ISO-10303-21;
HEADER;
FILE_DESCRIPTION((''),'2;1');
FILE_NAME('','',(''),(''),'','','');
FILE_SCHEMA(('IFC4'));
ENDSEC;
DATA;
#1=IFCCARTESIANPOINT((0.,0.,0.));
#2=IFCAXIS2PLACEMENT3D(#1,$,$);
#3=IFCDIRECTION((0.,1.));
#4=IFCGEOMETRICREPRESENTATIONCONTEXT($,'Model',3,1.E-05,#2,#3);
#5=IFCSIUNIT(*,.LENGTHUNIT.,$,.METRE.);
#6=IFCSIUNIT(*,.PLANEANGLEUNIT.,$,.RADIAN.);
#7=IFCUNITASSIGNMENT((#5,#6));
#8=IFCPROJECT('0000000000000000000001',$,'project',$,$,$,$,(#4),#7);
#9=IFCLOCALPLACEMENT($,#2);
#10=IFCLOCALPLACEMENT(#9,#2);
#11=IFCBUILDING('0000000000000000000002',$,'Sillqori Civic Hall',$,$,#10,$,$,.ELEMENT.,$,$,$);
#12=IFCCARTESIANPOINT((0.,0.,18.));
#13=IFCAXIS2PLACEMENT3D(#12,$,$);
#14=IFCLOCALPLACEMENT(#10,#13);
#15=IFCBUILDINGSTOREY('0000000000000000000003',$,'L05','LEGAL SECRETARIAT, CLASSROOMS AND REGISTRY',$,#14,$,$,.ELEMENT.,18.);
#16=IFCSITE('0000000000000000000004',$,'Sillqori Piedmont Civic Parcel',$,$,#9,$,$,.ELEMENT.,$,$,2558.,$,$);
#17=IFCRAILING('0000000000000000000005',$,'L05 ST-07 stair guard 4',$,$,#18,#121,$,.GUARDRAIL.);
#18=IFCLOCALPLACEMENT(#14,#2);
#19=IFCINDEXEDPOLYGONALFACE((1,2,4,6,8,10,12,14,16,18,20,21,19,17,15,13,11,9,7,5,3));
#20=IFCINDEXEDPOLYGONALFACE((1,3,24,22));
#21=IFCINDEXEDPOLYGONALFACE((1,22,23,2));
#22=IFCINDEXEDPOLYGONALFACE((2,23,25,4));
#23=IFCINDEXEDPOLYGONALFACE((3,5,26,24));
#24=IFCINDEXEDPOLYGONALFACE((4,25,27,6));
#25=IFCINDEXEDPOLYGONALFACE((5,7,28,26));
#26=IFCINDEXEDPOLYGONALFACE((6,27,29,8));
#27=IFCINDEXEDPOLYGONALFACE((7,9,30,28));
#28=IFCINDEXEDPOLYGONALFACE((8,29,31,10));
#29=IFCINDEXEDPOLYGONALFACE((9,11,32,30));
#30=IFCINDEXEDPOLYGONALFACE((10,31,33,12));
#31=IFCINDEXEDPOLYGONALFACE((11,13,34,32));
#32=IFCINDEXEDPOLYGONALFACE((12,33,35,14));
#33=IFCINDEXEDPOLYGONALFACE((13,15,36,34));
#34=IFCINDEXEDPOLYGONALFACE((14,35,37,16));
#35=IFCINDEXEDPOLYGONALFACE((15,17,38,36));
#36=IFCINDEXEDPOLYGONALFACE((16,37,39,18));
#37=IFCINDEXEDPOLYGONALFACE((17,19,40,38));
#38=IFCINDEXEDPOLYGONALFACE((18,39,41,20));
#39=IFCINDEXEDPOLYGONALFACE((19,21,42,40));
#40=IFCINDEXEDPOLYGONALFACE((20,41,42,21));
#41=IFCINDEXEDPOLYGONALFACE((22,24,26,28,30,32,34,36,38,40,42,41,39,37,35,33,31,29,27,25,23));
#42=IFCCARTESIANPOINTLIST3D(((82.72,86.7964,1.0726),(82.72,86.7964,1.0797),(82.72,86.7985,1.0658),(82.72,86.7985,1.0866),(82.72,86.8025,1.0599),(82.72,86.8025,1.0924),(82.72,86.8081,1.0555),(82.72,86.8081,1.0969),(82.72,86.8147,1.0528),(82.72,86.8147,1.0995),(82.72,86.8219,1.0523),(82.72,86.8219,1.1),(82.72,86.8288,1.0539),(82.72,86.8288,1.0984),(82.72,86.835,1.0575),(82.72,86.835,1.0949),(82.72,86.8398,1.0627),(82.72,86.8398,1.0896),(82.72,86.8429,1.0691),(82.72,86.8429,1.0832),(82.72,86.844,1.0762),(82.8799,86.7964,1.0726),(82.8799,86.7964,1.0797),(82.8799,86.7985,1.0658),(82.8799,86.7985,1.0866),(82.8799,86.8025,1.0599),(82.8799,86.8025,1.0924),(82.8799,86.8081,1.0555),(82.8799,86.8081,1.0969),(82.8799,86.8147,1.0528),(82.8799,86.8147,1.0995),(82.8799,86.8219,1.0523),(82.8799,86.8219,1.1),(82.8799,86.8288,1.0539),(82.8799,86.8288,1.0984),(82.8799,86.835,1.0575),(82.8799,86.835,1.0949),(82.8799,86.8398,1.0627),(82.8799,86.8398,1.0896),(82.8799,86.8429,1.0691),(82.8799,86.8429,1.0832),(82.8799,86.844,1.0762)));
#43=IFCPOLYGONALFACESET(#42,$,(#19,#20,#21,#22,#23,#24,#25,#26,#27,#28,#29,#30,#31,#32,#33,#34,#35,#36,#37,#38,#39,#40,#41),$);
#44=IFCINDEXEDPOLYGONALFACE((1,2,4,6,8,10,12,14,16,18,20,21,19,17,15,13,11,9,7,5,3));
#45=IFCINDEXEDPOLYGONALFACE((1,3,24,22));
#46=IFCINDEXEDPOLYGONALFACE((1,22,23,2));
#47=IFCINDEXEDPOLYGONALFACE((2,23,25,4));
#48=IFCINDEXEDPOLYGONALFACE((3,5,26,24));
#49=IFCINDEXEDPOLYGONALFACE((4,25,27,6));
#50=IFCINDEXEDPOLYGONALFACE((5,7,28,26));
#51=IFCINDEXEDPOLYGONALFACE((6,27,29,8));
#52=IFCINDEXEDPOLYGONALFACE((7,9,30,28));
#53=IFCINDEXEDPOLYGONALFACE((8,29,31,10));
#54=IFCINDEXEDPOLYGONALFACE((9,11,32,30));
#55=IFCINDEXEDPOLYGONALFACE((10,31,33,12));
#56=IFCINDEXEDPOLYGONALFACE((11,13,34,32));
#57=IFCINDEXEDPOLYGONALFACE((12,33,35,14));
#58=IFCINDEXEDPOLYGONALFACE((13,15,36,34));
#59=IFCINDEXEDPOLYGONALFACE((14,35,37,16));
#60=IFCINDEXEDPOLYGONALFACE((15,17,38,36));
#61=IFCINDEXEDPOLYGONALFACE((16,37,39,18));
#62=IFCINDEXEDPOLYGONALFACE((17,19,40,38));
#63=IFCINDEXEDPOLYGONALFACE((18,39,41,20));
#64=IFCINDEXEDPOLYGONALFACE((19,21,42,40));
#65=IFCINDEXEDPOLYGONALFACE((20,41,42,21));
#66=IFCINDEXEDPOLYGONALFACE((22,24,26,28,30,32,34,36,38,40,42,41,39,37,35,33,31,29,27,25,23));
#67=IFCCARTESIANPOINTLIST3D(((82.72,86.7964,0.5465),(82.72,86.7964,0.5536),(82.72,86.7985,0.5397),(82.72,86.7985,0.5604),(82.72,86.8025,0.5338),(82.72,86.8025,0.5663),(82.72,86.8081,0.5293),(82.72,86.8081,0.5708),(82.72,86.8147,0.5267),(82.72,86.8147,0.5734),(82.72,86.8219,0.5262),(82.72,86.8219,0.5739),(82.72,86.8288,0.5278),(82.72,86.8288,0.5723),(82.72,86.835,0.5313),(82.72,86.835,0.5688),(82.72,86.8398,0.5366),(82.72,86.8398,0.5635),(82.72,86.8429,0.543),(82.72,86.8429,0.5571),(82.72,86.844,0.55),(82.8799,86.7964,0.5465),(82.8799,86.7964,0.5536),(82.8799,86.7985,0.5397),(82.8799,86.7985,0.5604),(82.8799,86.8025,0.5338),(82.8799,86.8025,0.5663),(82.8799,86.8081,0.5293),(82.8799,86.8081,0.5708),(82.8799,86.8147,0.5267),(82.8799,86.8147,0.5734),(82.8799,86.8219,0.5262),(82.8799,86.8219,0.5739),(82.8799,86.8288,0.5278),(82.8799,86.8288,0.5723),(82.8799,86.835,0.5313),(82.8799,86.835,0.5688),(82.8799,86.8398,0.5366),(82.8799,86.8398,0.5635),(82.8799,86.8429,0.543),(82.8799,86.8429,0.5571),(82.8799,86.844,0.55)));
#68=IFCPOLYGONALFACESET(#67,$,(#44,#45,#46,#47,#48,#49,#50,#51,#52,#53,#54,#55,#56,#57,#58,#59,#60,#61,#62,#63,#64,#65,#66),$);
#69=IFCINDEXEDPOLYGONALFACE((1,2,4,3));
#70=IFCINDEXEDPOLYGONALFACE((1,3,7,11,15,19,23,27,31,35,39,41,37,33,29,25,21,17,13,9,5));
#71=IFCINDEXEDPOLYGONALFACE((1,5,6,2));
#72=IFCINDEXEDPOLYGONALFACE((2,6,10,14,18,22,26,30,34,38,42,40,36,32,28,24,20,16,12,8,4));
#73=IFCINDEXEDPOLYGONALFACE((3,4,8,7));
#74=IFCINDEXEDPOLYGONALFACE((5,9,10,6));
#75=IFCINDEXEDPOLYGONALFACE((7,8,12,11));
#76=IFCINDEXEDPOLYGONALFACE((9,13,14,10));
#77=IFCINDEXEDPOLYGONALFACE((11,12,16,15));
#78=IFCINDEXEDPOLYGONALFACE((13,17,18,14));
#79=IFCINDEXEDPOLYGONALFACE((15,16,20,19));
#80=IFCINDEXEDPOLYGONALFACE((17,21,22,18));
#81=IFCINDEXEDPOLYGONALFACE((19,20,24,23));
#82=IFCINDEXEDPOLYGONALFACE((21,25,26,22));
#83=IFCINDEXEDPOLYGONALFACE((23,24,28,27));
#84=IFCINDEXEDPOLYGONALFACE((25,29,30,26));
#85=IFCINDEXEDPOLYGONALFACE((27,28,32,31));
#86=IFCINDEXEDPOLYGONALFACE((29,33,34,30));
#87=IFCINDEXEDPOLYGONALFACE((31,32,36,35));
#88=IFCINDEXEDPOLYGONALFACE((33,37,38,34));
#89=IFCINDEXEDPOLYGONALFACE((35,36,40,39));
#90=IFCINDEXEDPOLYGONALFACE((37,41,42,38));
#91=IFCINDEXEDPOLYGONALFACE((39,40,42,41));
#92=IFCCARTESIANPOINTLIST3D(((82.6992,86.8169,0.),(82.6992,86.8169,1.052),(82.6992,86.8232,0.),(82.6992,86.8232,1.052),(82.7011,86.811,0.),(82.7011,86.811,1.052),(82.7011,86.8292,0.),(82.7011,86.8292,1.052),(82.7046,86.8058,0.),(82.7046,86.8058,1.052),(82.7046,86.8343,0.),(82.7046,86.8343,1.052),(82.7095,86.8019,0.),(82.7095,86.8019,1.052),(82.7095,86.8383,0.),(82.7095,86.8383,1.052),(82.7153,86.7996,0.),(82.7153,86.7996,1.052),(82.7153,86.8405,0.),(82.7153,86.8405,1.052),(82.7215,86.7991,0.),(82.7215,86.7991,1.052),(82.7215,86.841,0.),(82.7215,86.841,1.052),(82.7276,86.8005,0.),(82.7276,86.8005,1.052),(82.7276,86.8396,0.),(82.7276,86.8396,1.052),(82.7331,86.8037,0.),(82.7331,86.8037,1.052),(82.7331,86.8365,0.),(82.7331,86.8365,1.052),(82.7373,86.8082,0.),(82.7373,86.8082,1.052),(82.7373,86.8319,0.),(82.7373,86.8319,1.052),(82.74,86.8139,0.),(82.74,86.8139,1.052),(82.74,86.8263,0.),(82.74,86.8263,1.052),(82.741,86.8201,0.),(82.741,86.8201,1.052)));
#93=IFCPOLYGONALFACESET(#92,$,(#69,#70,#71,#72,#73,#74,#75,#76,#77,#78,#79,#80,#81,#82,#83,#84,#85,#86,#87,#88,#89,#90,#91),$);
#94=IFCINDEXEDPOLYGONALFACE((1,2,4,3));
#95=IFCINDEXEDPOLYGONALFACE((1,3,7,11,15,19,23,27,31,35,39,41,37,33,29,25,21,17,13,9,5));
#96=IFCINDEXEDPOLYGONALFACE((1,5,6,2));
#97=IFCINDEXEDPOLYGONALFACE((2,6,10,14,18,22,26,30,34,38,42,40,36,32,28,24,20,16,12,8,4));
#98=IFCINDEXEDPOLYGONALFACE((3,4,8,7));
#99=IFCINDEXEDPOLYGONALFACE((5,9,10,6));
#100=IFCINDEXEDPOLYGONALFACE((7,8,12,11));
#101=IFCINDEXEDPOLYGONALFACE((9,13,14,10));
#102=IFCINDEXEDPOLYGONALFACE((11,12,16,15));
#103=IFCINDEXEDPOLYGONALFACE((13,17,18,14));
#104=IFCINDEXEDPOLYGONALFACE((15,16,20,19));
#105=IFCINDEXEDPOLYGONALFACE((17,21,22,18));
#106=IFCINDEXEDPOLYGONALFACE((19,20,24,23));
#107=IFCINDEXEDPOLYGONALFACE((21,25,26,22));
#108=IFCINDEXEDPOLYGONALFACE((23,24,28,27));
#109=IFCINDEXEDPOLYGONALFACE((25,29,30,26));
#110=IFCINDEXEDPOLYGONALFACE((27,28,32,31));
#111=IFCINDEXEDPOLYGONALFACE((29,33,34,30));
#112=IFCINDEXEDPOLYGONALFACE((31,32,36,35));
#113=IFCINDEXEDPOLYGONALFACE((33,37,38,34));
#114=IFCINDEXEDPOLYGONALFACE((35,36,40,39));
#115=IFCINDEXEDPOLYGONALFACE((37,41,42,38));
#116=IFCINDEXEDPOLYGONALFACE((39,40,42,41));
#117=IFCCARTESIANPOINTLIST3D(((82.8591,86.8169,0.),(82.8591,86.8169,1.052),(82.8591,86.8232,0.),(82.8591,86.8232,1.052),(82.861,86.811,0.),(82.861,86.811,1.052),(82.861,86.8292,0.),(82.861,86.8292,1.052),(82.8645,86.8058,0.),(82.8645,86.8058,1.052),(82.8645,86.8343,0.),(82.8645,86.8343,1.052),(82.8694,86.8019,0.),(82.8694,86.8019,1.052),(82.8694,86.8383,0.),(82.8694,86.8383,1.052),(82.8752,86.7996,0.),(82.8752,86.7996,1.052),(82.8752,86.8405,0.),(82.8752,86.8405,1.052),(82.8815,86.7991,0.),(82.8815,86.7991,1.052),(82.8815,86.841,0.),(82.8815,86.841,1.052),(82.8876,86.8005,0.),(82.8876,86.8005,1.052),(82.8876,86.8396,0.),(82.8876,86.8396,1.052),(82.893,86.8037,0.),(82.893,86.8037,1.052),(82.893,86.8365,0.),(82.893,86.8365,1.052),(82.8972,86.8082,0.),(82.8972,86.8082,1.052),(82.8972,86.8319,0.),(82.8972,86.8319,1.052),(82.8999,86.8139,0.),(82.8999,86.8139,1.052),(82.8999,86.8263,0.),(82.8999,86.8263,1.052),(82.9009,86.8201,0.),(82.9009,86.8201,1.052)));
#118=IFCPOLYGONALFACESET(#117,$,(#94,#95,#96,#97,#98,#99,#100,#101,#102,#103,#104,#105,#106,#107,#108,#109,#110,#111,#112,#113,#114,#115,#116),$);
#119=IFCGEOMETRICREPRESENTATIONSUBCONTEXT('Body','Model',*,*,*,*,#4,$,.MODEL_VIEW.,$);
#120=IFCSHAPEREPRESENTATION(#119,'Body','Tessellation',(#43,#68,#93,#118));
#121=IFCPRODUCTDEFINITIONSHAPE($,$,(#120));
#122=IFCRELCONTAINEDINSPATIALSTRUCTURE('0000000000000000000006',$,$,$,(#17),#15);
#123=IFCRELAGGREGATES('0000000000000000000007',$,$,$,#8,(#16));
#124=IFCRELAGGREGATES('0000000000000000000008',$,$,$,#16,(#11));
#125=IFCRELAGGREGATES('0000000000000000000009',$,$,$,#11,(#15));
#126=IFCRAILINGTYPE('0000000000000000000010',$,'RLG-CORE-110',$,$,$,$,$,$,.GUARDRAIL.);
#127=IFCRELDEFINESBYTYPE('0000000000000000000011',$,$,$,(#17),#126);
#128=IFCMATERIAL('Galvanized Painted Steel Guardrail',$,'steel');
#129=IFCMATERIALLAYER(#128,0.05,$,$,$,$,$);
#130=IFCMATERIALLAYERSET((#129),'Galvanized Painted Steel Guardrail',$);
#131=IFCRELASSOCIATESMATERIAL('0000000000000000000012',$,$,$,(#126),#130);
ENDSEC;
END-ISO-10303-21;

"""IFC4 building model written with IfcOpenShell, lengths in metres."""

from ifc_helpers import new_model, si_unit, direction, frame, origin, origin_2d, place, context, subcontext, project, spatial, circle, extrude, material, layer, layer_set, type_object, element, save


model = new_model("IFC4")

# Units and contexts
model_context = context("Model", 3, precision=1e-05, world=origin(), true_north=direction((0.0, 1.0)))
body_context = subcontext(model_context, "Body", "Model", "MODEL_VIEW")
ifc_project = project(units=[si_unit("LENGTHUNIT", "METRE"), si_unit("PLANEANGLEUNIT", "RADIAN")], contexts=[model_context])

# Site, building, storey
site_placement = place(None, origin())
site = spatial("IfcSite", under=ifc_project, at=site_placement, Name="Sillqori Piedmont Civic Parcel", CompositionType="ELEMENT", RefElevation=2558.0)
building_placement = place(site_placement, origin())
building = spatial("IfcBuilding", under=site, at=building_placement, Name="Sillqori Civic Hall", CompositionType="ELEMENT")
storey_placement = place(building_placement, frame((0.0, 0.0, 18.0)))
storey = spatial("IfcBuildingStorey", under=building, at=storey_placement, Name="L05", Description="LEGAL SECRETARIAT, CLASSROOMS AND REGISTRY", CompositionType="ELEMENT", Elevation=18.0)

# Railing
ifc_material_1 = material(Name="Galvanized Painted Steel Guardrail", Category="steel")
ifc_layer_1 = layer(ifc_material_1, 0.05)
ifc_layer_set_1 = layer_set([ifc_layer_1], Name="Galvanized Painted Steel Guardrail")
railing_type_1 = type_object("IfcRailingType", Name="RLG-CORE-110", PredefinedType="GUARDRAIL", material=ifc_layer_set_1)
railing_1_placement = place(storey_placement, frame((82.72, 86.8201, 0.0)))
element("IfcRailing", 1, at=railing_1_placement, inside=storey, type_object=railing_type_1, Name="L05 ST-07 stair guard 4", PredefinedType="GUARDRAIL", context=body_context, shape_type="SweptSolid", body=[
    extrude(circle(Radius=0.0239, at=origin_2d()), frame((0.0, 0.0, 1.0762), z_axis=(1.0, 0.0, 0.0), x_axis=(0.0, 1.0, 0.0)), (0.0, 0.0, 1.0), 0.1599),
    extrude(circle(Radius=0.0239, at=origin_2d()), frame((0.0, 0.0, 0.55), z_axis=(1.0, 0.0, 0.0), x_axis=(0.0, 1.0, 0.0)), (0.0, 0.0, 1.0), 0.1599),
    extrude(circle(Radius=0.021, at=origin_2d()), origin(), (0.0, 0.0, 1.0), 1.052),
    extrude(circle(Radius=0.021, at=origin_2d()), frame((0.1599, 0.0, 0.0)), (0.0, 0.0, 1.0), 1.052),
])

save(model, "model.ifc")
